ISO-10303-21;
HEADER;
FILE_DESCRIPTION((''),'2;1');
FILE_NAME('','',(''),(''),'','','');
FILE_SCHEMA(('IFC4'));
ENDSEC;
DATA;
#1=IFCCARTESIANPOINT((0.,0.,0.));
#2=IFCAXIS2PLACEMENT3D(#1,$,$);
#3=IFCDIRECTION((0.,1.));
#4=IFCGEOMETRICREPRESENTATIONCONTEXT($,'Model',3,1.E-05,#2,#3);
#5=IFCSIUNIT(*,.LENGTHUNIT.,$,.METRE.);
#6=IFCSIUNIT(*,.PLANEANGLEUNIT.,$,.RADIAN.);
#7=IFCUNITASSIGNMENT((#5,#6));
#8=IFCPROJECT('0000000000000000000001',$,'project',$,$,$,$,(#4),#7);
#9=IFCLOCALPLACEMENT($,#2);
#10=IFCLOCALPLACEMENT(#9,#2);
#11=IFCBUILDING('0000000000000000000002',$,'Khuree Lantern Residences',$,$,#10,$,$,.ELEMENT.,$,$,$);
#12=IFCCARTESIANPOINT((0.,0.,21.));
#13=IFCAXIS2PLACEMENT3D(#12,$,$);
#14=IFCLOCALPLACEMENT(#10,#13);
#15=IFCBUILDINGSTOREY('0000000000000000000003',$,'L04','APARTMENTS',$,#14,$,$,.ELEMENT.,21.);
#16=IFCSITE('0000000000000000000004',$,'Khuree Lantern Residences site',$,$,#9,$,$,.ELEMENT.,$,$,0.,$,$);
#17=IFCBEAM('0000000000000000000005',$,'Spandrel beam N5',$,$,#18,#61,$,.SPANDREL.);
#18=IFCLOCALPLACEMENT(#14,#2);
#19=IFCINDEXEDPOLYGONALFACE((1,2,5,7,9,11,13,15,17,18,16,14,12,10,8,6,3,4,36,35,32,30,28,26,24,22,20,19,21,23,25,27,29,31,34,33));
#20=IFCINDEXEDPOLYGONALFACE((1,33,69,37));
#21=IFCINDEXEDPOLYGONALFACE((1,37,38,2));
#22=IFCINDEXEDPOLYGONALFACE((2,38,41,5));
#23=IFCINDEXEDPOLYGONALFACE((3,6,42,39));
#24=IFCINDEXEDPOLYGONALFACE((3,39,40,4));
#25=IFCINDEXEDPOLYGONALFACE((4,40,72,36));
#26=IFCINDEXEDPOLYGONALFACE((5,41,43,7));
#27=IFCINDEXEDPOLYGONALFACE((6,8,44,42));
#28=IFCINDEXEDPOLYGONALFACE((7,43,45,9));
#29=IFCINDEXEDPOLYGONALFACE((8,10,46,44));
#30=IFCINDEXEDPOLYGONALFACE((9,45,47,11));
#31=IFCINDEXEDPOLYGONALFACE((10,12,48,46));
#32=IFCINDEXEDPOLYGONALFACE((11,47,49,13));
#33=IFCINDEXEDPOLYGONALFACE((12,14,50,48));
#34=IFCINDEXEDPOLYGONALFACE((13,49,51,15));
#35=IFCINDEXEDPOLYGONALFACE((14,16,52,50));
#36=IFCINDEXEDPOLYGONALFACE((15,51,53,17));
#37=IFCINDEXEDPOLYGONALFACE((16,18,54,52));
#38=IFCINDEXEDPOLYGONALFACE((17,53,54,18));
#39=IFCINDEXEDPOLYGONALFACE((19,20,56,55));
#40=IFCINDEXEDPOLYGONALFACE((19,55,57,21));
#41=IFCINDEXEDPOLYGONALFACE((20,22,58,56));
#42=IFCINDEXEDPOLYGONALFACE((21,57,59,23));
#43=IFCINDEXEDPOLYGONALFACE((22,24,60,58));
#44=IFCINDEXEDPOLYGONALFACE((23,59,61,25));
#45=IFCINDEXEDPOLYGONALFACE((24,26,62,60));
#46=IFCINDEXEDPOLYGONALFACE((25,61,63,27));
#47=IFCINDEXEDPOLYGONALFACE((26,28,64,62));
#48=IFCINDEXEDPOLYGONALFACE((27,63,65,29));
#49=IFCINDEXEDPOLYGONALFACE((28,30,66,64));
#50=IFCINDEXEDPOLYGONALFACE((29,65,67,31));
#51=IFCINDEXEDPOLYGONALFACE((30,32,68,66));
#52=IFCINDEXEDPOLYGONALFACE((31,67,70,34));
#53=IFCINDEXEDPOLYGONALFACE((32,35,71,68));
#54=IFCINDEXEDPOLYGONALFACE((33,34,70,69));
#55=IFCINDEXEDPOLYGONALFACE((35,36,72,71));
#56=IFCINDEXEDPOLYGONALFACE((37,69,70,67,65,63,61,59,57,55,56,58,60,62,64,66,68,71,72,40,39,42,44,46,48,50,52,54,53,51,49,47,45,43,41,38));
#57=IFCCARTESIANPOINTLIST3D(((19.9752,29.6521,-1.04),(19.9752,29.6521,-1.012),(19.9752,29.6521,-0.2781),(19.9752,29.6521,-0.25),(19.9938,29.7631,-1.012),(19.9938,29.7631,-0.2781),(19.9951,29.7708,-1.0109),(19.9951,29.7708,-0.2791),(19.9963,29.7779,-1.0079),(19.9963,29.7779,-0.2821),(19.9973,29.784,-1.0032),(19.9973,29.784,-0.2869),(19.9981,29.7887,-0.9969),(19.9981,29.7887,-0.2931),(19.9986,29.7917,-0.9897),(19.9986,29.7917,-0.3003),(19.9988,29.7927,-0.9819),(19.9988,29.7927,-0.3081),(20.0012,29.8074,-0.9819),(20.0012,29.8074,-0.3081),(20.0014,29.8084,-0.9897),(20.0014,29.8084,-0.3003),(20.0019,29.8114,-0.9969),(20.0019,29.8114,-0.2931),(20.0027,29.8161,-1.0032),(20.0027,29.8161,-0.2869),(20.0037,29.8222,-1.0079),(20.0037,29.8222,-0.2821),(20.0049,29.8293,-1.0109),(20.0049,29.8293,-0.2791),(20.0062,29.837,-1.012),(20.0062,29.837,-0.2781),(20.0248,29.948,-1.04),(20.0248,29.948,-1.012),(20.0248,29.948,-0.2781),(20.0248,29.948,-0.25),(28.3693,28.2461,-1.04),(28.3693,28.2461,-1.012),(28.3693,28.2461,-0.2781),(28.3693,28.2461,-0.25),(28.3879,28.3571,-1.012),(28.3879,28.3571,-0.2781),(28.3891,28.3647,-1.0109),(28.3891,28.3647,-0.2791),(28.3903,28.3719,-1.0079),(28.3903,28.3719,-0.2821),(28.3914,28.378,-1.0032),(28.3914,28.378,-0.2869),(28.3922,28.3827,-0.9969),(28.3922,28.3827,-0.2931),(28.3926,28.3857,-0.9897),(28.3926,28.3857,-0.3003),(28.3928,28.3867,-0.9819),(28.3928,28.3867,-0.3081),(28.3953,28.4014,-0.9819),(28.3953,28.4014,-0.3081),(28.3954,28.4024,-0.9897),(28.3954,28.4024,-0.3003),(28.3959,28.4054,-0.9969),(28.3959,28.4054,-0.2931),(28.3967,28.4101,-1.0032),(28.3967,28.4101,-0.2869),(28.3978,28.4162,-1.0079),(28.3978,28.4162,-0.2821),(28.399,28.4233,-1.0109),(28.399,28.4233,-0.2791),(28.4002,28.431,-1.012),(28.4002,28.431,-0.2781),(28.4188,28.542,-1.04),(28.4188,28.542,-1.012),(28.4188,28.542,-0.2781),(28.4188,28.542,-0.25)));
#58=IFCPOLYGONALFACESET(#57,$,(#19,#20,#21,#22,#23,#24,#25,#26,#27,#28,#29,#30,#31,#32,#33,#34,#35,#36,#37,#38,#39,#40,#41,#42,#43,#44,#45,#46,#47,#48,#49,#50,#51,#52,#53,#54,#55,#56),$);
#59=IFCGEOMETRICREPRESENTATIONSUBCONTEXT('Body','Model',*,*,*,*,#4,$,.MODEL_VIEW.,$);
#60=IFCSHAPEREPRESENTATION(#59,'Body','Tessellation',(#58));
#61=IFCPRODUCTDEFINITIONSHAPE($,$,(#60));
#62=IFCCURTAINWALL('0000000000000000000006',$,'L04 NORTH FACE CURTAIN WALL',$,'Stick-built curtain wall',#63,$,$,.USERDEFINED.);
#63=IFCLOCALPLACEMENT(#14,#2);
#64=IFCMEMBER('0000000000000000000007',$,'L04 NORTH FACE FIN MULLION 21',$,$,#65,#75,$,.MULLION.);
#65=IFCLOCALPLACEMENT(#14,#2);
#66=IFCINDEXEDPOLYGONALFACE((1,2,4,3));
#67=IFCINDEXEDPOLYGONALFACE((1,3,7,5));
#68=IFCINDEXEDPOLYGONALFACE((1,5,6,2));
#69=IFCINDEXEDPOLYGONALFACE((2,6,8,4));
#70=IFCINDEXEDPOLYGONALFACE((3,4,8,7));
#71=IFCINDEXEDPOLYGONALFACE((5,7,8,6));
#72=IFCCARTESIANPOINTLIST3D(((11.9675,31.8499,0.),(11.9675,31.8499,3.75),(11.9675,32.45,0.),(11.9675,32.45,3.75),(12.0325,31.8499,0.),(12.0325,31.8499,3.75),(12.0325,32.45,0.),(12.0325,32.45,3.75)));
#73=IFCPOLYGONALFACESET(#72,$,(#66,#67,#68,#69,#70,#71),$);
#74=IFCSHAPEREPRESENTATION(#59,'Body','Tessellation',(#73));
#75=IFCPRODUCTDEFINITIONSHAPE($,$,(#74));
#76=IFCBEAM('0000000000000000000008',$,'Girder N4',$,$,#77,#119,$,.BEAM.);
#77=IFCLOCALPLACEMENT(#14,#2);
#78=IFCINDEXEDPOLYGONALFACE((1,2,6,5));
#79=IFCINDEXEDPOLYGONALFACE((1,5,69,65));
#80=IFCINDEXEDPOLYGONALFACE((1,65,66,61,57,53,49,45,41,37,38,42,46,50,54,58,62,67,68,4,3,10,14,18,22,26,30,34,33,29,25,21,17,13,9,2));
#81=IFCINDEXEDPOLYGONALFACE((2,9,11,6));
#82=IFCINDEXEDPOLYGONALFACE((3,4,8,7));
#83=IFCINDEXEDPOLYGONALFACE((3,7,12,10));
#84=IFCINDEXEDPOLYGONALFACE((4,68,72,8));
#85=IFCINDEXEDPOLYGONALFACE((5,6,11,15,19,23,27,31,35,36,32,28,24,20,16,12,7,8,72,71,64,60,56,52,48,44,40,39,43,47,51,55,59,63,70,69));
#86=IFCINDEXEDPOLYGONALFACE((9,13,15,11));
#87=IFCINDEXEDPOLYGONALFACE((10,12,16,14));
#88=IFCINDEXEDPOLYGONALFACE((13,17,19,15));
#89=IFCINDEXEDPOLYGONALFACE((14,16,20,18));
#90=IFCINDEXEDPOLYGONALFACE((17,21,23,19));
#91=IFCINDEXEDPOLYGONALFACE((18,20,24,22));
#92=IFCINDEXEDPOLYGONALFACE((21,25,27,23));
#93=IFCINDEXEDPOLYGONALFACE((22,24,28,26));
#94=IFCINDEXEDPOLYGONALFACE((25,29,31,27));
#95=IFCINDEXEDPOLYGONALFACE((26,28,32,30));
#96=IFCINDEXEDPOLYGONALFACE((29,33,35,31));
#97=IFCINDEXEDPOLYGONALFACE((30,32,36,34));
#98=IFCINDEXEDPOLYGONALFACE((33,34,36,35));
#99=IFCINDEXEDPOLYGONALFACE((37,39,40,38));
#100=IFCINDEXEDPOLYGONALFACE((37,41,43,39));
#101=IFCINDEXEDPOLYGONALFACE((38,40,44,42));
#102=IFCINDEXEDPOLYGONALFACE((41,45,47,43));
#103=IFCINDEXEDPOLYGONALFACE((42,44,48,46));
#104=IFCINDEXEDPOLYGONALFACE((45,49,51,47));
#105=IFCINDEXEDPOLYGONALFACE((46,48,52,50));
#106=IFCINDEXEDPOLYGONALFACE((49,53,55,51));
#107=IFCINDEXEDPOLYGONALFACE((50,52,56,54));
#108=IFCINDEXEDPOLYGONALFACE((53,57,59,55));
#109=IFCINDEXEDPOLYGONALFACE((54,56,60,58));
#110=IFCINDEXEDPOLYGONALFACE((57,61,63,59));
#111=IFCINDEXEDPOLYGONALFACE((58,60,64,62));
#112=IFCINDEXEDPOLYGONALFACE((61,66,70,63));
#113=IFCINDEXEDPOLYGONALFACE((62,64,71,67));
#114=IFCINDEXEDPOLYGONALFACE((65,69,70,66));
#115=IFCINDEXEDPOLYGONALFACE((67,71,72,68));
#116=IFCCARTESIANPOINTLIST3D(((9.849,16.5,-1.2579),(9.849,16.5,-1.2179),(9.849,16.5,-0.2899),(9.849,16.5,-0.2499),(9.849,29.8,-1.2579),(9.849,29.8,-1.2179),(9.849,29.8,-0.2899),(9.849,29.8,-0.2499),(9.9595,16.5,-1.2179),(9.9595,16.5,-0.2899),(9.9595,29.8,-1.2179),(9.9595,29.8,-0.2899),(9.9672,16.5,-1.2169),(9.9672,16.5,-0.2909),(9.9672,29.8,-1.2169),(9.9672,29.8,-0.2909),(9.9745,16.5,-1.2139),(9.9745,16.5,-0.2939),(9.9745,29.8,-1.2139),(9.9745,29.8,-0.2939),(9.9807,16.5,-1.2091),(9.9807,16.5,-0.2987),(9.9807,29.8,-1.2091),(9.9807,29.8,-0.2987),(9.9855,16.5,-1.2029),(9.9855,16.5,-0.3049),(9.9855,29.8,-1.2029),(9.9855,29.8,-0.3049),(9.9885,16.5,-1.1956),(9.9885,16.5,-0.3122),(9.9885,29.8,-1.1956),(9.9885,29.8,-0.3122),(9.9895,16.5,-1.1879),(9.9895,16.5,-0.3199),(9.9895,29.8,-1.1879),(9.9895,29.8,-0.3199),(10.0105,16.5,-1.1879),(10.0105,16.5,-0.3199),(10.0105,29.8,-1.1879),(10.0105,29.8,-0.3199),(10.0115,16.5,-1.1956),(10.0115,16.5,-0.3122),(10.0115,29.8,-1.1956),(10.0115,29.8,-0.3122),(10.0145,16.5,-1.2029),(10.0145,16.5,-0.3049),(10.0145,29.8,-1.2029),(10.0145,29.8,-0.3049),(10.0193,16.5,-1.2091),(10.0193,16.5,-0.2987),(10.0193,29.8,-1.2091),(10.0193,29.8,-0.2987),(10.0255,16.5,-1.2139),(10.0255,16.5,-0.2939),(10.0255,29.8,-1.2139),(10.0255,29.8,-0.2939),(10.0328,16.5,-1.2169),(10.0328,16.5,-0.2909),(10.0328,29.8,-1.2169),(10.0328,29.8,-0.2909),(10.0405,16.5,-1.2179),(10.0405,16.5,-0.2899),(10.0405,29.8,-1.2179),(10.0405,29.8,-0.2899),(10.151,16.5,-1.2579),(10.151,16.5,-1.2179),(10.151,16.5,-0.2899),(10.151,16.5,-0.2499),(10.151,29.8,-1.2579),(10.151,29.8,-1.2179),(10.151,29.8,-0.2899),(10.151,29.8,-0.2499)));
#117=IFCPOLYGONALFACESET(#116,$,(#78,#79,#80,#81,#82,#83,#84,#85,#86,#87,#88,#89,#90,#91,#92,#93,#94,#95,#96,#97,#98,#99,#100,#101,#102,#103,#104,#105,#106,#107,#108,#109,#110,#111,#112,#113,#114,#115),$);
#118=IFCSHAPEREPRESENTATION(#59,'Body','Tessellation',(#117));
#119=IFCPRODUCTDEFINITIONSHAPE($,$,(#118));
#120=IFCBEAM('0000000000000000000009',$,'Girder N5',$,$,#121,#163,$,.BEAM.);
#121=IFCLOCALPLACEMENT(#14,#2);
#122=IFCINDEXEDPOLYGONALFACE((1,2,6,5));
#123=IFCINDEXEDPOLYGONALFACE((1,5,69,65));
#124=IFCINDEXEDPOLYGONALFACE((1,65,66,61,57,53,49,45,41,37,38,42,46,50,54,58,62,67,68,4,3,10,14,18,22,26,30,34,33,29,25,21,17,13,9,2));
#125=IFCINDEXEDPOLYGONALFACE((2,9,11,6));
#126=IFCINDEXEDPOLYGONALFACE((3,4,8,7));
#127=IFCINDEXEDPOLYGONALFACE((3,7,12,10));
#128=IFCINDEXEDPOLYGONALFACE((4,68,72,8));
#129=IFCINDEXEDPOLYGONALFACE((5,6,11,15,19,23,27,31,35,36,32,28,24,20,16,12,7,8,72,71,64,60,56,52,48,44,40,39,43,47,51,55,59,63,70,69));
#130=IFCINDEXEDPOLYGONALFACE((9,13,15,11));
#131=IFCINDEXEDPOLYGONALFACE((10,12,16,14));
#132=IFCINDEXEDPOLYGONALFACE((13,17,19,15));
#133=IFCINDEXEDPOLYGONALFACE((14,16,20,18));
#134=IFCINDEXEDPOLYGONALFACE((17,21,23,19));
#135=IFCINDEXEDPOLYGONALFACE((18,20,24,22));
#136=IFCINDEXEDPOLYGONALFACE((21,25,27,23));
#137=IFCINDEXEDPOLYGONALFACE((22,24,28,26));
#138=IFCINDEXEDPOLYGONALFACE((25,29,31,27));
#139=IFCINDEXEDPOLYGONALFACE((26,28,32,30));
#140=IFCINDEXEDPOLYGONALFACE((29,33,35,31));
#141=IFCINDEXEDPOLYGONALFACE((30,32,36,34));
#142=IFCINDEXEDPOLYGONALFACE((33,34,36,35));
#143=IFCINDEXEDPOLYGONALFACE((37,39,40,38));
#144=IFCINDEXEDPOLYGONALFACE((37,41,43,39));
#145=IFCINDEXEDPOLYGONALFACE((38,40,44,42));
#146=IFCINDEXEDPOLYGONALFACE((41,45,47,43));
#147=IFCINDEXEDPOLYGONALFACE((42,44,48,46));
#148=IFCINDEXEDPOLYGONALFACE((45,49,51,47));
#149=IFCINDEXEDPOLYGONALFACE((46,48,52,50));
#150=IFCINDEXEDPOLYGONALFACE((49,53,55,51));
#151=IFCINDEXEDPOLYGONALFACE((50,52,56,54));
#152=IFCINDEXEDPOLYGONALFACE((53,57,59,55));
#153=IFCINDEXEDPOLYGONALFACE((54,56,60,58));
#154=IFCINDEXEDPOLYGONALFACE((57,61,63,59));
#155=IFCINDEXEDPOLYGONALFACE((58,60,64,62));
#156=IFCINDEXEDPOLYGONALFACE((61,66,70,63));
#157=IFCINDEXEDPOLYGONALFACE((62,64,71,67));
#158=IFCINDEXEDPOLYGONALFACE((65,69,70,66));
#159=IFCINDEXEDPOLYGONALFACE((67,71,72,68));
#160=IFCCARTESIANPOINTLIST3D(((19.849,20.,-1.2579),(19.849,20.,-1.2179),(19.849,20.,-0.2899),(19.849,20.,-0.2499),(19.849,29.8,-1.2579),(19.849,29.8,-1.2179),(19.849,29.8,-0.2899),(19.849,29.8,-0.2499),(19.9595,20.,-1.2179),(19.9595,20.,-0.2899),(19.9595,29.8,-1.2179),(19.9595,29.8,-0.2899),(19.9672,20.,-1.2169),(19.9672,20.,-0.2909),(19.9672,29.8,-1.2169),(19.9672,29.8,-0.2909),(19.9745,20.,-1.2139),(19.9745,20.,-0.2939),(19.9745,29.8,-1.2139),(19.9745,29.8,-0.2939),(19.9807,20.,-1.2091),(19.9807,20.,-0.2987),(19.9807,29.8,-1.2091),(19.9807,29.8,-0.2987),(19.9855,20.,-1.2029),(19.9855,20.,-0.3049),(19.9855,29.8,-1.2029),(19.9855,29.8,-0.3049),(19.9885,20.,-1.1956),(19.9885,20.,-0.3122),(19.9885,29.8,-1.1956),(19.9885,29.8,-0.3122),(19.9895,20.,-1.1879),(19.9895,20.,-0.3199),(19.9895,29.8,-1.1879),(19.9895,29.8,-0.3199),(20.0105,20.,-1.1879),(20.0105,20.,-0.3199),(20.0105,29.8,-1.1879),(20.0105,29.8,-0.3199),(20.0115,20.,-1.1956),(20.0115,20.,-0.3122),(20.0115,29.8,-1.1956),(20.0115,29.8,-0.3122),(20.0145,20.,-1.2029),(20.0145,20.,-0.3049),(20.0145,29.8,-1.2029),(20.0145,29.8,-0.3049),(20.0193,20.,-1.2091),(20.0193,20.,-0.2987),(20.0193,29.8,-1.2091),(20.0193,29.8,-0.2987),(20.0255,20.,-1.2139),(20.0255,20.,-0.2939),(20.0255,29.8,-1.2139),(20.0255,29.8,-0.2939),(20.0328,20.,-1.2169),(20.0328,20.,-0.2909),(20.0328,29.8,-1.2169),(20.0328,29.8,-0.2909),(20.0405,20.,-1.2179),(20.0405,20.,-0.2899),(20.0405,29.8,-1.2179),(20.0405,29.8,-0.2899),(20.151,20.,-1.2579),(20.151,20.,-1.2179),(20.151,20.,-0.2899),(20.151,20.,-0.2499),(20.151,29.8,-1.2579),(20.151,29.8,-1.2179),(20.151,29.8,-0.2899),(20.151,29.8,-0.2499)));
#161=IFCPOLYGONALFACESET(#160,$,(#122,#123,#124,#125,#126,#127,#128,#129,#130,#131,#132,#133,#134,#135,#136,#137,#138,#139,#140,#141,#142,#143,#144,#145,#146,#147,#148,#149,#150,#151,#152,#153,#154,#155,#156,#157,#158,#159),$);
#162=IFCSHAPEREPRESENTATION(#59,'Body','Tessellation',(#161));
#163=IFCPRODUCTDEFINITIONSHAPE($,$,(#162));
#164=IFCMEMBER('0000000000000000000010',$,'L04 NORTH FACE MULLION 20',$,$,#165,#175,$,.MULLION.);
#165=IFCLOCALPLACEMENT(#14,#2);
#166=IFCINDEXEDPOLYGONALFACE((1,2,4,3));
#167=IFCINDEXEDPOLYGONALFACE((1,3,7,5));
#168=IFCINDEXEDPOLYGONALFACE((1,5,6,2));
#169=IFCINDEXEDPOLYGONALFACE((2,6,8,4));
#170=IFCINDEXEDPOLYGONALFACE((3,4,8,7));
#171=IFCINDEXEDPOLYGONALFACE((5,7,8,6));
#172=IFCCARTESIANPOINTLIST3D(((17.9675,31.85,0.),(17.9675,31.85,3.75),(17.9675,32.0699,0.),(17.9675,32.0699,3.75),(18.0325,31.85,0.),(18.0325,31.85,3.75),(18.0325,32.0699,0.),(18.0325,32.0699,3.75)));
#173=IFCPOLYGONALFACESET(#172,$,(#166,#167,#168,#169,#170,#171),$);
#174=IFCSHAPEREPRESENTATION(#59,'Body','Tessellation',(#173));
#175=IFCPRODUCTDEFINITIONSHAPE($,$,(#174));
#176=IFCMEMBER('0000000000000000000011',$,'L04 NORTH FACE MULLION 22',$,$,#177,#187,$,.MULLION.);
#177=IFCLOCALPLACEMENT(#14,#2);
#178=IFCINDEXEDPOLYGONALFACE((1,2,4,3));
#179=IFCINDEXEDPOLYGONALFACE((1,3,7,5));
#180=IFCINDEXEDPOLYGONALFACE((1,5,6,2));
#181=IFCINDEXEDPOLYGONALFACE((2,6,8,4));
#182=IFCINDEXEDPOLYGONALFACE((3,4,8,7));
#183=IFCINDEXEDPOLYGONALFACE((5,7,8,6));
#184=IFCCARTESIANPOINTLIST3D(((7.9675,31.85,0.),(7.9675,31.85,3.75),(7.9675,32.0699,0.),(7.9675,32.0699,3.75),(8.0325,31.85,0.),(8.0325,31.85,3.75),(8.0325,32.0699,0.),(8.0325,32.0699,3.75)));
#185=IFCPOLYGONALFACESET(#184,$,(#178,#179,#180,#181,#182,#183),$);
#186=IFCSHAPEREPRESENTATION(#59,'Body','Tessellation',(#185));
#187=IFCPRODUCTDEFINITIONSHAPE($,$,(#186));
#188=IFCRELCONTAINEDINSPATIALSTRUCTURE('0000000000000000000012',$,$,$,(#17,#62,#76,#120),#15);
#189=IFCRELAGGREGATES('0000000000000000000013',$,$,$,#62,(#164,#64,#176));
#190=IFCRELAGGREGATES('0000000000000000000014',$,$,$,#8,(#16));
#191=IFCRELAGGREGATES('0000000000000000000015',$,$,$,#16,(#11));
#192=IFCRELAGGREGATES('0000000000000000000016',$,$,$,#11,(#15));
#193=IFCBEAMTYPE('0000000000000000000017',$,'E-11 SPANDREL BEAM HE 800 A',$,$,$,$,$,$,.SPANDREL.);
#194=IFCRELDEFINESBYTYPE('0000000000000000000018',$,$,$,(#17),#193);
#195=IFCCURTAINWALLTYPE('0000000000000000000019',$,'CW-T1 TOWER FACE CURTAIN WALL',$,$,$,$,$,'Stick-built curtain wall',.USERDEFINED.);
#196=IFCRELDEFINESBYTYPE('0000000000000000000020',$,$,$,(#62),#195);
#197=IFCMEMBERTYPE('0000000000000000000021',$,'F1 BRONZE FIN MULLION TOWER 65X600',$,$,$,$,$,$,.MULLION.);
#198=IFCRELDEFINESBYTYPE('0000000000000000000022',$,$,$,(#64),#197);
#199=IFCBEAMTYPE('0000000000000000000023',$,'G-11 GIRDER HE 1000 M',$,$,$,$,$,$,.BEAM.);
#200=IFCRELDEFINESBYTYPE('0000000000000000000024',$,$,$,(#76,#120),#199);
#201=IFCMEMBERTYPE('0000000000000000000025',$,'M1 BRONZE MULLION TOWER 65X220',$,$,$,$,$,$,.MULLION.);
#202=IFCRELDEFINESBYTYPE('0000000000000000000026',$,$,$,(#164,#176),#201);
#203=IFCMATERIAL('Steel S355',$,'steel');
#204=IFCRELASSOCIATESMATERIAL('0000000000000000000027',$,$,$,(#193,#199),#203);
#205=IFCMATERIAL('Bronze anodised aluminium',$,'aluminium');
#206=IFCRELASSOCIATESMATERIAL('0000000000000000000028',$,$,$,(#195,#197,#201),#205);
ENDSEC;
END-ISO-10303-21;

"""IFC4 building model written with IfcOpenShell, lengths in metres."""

from ifc_helpers import new_model, si_unit, direction, frame, origin, origin_2d, place, context, subcontext, project, spatial, rectangle, i_section, extrude, material, material_profile, profile_set, type_object, element, aggregate, save


model = new_model("IFC4")

# Units and contexts
model_context = context("Model", 3, precision=1e-05, world=origin(), true_north=direction((0.0, 1.0)))
body_context = subcontext(model_context, "Body", "Model", "MODEL_VIEW")
ifc_project = project(units=[si_unit("LENGTHUNIT", "METRE"), si_unit("PLANEANGLEUNIT", "RADIAN")], contexts=[model_context])

# Site, building, storey
site_placement = place(None, origin())
site = spatial("IfcSite", under=ifc_project, at=site_placement, Name="Khuree Lantern Residences site", CompositionType="ELEMENT", RefElevation=0.0)
building_placement = place(site_placement, origin())
building = spatial("IfcBuilding", under=site, at=building_placement, Name="Khuree Lantern Residences", CompositionType="ELEMENT")
storey_placement = place(building_placement, frame((0.0, 0.0, 21.0)))
storey = spatial("IfcBuildingStorey", under=building, at=storey_placement, Name="L04", Description="APARTMENTS", CompositionType="ELEMENT", Elevation=21.0)

# Beam
ifc_material_1 = material(Name="Steel S355", Category="steel")
ifc_material_profile_1 = material_profile(ifc_material_1, i_section(OverallWidth=0.3, OverallDepth=0.79, WebThickness=0.0149, FlangeThickness=0.0281, FilletRadius=0.03, at=origin_2d()), Name="HE 800 A")
ifc_profile_set_1 = profile_set([ifc_material_profile_1], Name="Steel S355")
beam_type_1 = type_object("IfcBeamType", Name="E-11 SPANDREL BEAM HE 800 A", PredefinedType="SPANDREL", material=ifc_profile_set_1)
beam_1_placement = place(storey_placement, frame((20.0, 29.8, -0.645), z_axis=(0.98626, -0.165199, 0.0), x_axis=(0.165199, 0.98626, 0.0)))
element("IfcBeam", 1, at=beam_1_placement, inside=storey, type_object=beam_type_1, Name="Spandrel beam N5", PredefinedType="SPANDREL", context=body_context, shape_type="SweptSolid", body=[
    extrude(i_section(OverallWidth=0.3, OverallDepth=0.79, WebThickness=0.0149, FlangeThickness=0.0281, FilletRadius=0.03, at=origin_2d()), origin(), (0.0, 0.0, 1.0), 8.511),
])

# Curtain wall, member
ifc_material_2 = material(Name="Bronze anodised aluminium", Category="aluminium")
curtain_wall_type = type_object("IfcCurtainWallType", Name="CW-T1 TOWER FACE CURTAIN WALL", ElementType="Stick-built curtain wall", PredefinedType="USERDEFINED", material=ifc_material_2)
curtain_wall_placement = place(storey_placement, origin())
curtain_wall = element("IfcCurtainWall", 2, at=curtain_wall_placement, inside=storey, type_object=curtain_wall_type, Name="L04 NORTH FACE CURTAIN WALL", ObjectType="Stick-built curtain wall", PredefinedType="USERDEFINED")
ifc_material_profile_2 = material_profile(ifc_material_2, rectangle(XDim=0.0649, YDim=0.6001, at=origin_2d()), Name="F1 65X600")
ifc_profile_set_2 = profile_set([ifc_material_profile_2], Name="Bronze anodised aluminium")
member_type_1 = type_object("IfcMemberType", Name="F1 BRONZE FIN MULLION TOWER 65X600", PredefinedType="MULLION", material=ifc_profile_set_2)
member_1_placement = place(storey_placement, frame((12.0, 32.1499, 0.0), z_axis=(0.0, 0.0, 1.0), x_axis=(-1.0, 0.0, 0.0)))
member_1 = element("IfcMember", 3, at=member_1_placement, type_object=member_type_1, Name="L04 NORTH FACE FIN MULLION 21", PredefinedType="MULLION", context=body_context, shape_type="SweptSolid", body=[
    extrude(rectangle(XDim=0.0649, YDim=0.6001, at=origin_2d()), origin(), (0.0, 0.0, 1.0), 3.75),
])

# Beams
ifc_material_profile_3 = material_profile(ifc_material_1, i_section(OverallWidth=0.302, OverallDepth=1.0081, WebThickness=0.021, FlangeThickness=0.04, FilletRadius=0.03, at=origin_2d()), Name="HE 1000 M")
ifc_profile_set_3 = profile_set([ifc_material_profile_3], Name="Steel S355")
beam_type_2 = type_object("IfcBeamType", Name="G-11 GIRDER HE 1000 M", PredefinedType="BEAM", material=ifc_profile_set_3)
beam_2_placement = place(storey_placement, frame((10.0, 29.8, -0.7539), z_axis=(0.0, -1.0, 0.0), x_axis=(1.0, 0.0, 0.0)))
element("IfcBeam", 4, at=beam_2_placement, inside=storey, type_object=beam_type_2, Name="Girder N4", PredefinedType="BEAM", context=body_context, shape_type="SweptSolid", body=[
    extrude(i_section(OverallWidth=0.302, OverallDepth=1.0081, WebThickness=0.021, FlangeThickness=0.04, FilletRadius=0.03, at=origin_2d()), origin(), (0.0, 0.0, 1.0), 13.3),
])
beam_3_placement = place(storey_placement, frame((20.0, 29.8, -0.7539), z_axis=(0.0, -1.0, 0.0), x_axis=(1.0, 0.0, 0.0)))
element("IfcBeam", 5, at=beam_3_placement, inside=storey, type_object=beam_type_2, Name="Girder N5", PredefinedType="BEAM", context=body_context, shape_type="SweptSolid", body=[
    extrude(i_section(OverallWidth=0.302, OverallDepth=1.0081, WebThickness=0.021, FlangeThickness=0.04, FilletRadius=0.03, at=origin_2d()), origin(), (0.0, 0.0, 1.0), 9.8),
])

# Members
ifc_material_profile_4 = material_profile(ifc_material_2, rectangle(XDim=0.0649, YDim=0.22, at=origin_2d()), Name="M1 65X220")
ifc_profile_set_4 = profile_set([ifc_material_profile_4], Name="Bronze anodised aluminium")
member_type_2 = type_object("IfcMemberType", Name="M1 BRONZE MULLION TOWER 65X220", PredefinedType="MULLION", material=ifc_profile_set_4)
member_2_placement = place(storey_placement, frame((18.0, 31.96, 0.0), z_axis=(0.0, 0.0, 1.0), x_axis=(-1.0, 0.0, 0.0)))
member_2 = element("IfcMember", 6, at=member_2_placement, type_object=member_type_2, Name="L04 NORTH FACE MULLION 20", PredefinedType="MULLION", context=body_context, shape_type="SweptSolid", body=[
    extrude(rectangle(XDim=0.0649, YDim=0.22, at=origin_2d()), origin(), (0.0, 0.0, 1.0), 3.75),
])
member_3_placement = place(storey_placement, frame((8.0, 31.96, 0.0), z_axis=(0.0, 0.0, 1.0), x_axis=(-1.0, 0.0, 0.0)))
member_3 = element("IfcMember", 7, at=member_3_placement, type_object=member_type_2, Name="L04 NORTH FACE MULLION 22", PredefinedType="MULLION", context=body_context, shape_type="SweptSolid", body=[
    extrude(rectangle(XDim=0.0649, YDim=0.22, at=origin_2d()), origin(), (0.0, 0.0, 1.0), 3.75),
])

aggregate(curtain_wall, [member_2, member_1, member_3])

save(model, "model.ifc")
